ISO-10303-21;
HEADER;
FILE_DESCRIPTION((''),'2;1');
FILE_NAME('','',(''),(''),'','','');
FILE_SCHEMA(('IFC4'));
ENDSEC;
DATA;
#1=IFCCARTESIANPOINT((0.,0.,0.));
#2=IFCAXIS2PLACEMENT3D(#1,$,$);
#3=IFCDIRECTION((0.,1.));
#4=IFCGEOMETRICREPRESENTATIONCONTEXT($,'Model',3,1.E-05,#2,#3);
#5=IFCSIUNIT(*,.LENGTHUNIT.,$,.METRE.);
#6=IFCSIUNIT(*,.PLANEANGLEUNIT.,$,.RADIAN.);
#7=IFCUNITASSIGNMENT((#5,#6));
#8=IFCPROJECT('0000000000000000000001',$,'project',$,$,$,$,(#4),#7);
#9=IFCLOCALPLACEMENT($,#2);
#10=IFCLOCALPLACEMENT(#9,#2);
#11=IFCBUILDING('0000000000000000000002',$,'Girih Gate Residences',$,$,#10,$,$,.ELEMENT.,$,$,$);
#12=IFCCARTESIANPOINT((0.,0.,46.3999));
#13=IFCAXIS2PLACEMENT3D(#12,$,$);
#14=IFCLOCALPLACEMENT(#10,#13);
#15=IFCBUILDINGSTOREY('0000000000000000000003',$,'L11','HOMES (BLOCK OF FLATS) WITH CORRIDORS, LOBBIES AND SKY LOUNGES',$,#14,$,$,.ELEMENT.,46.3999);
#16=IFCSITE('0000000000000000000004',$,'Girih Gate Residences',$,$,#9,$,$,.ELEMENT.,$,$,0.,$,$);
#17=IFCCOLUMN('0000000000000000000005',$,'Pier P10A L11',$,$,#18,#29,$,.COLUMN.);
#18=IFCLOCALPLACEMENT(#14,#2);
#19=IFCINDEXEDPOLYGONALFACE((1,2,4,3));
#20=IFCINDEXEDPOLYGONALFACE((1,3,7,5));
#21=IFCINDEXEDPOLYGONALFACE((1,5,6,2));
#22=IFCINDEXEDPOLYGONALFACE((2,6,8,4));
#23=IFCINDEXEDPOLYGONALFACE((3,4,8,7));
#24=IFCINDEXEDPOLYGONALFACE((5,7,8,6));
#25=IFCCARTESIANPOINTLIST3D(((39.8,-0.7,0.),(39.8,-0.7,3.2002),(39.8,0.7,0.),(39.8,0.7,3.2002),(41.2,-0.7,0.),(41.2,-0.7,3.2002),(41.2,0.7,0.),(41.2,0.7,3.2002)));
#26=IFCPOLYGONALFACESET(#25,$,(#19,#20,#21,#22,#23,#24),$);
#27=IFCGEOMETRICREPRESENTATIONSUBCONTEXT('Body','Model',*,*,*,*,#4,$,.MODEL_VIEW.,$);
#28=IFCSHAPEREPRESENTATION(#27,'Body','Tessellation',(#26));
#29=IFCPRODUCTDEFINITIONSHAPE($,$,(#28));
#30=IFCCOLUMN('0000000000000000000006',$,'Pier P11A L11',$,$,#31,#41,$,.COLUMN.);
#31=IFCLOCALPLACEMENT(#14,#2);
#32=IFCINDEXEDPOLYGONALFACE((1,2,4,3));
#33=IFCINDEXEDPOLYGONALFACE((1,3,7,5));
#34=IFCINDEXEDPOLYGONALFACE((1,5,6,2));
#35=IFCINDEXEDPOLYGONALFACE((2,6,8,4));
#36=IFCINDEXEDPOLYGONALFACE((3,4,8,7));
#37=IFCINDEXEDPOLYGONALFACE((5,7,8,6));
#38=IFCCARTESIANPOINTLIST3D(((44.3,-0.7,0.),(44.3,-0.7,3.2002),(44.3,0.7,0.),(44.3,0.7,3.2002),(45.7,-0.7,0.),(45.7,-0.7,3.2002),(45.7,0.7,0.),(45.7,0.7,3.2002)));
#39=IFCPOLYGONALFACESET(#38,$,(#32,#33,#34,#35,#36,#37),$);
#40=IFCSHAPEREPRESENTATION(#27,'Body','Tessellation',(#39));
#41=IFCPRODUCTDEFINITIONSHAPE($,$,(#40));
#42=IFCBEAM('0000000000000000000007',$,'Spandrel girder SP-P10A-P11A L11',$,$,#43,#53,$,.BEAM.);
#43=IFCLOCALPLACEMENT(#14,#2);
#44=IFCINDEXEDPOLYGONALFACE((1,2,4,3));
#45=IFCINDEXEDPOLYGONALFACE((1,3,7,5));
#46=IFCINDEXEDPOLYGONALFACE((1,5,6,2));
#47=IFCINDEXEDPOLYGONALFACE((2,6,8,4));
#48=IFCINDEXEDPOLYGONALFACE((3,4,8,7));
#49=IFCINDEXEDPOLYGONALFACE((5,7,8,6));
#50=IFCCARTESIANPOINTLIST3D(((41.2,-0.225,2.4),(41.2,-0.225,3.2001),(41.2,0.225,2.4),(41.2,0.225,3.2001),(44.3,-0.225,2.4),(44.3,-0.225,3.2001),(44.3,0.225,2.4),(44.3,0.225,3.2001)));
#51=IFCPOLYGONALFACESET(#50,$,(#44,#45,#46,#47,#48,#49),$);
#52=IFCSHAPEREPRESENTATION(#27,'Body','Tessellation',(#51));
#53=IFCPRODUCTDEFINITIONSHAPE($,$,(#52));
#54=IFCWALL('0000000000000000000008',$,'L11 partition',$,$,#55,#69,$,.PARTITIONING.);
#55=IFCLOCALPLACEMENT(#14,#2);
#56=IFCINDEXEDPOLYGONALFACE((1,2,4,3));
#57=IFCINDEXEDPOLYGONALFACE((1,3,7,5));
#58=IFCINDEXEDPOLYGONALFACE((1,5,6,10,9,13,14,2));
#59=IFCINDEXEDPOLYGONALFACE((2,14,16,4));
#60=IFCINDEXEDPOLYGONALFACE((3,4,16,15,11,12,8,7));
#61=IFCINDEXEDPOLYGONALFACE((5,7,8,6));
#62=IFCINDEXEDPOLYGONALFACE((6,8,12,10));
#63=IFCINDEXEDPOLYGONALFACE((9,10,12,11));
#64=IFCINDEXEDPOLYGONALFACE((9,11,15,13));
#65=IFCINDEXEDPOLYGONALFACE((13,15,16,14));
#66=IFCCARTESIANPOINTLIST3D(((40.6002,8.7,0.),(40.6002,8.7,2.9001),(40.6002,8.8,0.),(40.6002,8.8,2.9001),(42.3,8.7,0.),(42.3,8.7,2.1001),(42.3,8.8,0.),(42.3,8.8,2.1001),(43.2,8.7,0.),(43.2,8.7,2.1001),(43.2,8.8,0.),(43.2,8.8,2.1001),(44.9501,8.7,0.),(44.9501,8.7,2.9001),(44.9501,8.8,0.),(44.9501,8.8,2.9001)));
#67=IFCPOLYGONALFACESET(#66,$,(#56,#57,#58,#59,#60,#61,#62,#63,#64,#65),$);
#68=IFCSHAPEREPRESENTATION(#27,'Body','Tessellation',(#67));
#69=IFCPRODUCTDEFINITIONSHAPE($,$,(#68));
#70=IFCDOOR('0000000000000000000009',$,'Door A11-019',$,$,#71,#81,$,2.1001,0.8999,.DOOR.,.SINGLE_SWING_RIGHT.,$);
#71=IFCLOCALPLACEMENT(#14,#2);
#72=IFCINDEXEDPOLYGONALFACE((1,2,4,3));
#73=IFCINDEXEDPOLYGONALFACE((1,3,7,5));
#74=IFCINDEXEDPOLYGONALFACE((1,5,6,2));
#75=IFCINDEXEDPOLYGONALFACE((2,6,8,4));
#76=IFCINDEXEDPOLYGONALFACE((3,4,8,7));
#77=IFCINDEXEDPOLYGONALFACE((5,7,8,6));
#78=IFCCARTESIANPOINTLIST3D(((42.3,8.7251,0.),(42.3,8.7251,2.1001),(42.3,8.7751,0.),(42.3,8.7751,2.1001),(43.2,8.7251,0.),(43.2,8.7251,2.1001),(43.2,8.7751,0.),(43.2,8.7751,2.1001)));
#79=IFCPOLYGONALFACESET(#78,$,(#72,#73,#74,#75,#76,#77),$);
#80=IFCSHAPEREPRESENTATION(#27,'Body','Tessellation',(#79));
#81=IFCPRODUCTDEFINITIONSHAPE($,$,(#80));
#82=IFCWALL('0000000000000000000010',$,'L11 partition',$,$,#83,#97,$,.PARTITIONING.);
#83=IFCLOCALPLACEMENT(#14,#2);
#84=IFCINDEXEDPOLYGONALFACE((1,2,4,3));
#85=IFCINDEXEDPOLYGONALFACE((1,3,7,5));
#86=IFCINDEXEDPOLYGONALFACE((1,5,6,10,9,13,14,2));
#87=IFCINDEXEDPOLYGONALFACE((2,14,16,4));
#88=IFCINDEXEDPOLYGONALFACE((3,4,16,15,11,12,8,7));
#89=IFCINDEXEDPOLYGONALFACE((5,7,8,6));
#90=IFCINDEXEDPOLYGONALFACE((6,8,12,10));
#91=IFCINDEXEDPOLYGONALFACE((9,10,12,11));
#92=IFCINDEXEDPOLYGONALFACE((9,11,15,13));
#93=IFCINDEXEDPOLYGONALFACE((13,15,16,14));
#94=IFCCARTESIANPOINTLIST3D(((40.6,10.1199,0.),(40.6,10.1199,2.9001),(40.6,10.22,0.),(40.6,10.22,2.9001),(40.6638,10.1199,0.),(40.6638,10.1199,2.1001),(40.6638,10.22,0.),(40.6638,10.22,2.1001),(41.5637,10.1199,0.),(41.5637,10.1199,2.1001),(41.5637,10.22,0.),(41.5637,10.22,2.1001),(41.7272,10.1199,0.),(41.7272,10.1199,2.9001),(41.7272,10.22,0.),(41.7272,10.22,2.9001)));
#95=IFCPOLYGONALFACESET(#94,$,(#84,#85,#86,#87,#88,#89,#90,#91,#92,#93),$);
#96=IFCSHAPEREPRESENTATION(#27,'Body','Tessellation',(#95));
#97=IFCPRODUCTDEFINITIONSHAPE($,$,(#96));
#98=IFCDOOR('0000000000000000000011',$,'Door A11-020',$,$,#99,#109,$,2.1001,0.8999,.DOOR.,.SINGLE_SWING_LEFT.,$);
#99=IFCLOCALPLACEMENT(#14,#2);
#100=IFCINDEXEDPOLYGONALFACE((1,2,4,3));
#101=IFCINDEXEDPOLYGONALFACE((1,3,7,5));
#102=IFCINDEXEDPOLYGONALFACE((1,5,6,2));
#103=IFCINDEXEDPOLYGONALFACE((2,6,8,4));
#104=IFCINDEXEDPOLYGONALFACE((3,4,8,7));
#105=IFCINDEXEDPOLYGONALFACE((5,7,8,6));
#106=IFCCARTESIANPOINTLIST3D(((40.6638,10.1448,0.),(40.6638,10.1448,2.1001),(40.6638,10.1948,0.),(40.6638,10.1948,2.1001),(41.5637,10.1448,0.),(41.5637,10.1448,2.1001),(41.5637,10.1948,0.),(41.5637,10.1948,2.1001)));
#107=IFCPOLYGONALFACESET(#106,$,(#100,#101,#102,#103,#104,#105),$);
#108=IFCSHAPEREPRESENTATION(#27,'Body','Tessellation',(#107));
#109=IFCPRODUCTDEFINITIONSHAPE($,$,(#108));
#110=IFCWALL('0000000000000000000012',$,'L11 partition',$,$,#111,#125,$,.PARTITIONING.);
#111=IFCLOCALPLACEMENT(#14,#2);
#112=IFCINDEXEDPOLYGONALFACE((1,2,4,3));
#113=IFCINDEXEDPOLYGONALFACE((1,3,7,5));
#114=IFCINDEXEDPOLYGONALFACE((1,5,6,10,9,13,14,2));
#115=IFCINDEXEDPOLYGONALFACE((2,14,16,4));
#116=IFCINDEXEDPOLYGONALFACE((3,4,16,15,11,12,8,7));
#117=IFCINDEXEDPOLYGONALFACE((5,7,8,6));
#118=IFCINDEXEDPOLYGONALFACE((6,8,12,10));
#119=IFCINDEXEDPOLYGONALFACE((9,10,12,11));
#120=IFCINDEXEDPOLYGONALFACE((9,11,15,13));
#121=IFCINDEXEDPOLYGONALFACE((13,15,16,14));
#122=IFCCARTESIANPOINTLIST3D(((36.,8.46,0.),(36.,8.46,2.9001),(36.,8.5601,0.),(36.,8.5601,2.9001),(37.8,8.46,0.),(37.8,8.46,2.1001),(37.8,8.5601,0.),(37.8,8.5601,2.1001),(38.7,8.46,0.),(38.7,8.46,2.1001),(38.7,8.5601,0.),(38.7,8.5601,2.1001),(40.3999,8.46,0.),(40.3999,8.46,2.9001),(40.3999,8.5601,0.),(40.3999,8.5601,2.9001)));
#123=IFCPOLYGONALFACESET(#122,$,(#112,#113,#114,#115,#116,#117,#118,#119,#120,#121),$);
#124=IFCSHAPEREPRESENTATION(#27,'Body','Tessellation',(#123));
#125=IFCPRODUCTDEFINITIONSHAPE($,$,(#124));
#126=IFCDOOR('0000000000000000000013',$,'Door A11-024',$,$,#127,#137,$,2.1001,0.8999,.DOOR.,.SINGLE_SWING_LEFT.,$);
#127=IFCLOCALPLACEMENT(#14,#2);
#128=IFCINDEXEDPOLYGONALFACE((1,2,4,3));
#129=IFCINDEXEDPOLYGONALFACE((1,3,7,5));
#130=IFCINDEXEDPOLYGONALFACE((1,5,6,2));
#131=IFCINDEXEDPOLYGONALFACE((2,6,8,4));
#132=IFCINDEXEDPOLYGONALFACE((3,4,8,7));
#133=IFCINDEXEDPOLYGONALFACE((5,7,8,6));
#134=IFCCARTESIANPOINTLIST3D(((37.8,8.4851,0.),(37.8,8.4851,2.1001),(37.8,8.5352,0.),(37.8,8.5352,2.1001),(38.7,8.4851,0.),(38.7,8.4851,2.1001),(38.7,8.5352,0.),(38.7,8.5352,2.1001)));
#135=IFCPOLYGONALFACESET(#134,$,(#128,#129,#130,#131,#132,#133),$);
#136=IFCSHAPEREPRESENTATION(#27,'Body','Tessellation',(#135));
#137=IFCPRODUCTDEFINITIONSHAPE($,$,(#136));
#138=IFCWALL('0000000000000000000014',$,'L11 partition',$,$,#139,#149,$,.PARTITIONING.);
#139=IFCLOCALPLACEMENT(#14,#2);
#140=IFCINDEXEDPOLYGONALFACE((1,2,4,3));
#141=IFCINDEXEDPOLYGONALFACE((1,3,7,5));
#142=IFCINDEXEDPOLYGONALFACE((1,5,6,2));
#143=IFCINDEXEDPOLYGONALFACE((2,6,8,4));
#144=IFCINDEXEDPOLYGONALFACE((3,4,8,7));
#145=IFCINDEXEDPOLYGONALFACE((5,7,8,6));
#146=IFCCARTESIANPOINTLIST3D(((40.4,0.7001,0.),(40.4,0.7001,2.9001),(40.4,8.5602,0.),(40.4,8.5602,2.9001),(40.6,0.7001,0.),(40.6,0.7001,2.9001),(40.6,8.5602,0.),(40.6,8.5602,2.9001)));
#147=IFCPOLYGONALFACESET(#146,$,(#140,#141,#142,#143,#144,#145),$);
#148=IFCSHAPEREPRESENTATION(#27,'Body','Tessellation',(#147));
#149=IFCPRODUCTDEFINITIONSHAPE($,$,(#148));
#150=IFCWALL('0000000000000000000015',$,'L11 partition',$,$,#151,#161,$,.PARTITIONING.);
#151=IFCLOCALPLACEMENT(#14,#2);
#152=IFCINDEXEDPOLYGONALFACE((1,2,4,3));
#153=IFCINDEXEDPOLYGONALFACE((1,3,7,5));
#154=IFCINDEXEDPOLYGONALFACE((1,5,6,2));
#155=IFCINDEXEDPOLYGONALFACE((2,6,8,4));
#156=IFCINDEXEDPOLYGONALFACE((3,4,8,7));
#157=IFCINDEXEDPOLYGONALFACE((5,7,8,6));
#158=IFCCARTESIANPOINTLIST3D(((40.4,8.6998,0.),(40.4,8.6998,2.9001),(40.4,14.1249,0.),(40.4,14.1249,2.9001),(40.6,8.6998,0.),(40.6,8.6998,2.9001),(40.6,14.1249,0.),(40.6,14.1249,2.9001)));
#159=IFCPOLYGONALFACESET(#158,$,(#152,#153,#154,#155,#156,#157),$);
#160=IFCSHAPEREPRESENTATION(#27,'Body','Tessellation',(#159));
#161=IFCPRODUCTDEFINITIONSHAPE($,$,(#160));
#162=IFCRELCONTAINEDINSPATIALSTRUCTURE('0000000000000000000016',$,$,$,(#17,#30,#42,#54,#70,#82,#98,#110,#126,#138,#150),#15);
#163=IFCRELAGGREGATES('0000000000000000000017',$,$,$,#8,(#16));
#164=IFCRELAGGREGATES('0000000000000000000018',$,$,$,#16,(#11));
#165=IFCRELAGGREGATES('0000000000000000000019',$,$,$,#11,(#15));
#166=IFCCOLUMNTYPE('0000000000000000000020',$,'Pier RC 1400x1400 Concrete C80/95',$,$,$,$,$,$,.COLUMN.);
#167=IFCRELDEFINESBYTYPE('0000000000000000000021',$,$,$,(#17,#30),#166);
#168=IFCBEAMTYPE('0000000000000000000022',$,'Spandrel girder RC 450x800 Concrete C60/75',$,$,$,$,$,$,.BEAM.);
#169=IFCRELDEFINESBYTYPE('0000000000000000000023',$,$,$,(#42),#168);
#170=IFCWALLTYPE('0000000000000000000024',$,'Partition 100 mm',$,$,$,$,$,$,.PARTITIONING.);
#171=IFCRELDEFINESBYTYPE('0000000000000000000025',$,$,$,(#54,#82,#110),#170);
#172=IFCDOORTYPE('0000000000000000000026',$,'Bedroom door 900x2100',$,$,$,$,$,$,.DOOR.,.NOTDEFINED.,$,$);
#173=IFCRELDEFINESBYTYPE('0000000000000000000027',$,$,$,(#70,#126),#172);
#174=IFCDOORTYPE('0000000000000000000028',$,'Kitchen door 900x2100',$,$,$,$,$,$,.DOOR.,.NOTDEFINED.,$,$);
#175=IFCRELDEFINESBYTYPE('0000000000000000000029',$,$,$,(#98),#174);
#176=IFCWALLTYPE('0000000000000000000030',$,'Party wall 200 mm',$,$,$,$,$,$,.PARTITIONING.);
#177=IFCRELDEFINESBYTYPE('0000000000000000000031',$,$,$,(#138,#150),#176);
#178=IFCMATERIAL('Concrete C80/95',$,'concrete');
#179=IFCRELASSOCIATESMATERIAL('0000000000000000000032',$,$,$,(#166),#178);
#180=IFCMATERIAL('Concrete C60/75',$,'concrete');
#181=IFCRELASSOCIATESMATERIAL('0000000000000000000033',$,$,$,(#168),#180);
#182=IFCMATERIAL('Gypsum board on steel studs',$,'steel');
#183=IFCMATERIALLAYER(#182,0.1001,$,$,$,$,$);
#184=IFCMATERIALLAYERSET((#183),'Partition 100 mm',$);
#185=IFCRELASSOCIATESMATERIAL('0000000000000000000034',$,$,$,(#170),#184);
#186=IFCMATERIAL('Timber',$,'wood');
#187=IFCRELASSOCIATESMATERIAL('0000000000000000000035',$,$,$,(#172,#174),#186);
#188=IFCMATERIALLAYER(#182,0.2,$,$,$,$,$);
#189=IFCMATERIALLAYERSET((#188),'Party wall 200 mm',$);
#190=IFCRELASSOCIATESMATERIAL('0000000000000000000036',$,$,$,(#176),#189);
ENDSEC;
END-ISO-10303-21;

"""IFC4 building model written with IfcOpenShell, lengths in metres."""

from ifc_helpers import new_model, si_unit, direction, frame, frame_2d, origin, origin_2d, place, context, subcontext, project, spatial, rectangle, extrude, material, layer, layer_set, material_profile, profile_set, type_object, element, fill, save


model = new_model("IFC4")

# Units and contexts
model_context = context("Model", 3, precision=1e-05, world=origin(), true_north=direction((0.0, 1.0)))
body_context = subcontext(model_context, "Body", "Model", "MODEL_VIEW")
ifc_project = project(units=[si_unit("LENGTHUNIT", "METRE"), si_unit("PLANEANGLEUNIT", "RADIAN")], contexts=[model_context])

# Site, building, storey
site_placement = place(None, origin())
site = spatial("IfcSite", under=ifc_project, at=site_placement, Name="Girih Gate Residences", CompositionType="ELEMENT", RefElevation=0.0)
building_placement = place(site_placement, origin())
building = spatial("IfcBuilding", under=site, at=building_placement, Name="Girih Gate Residences", CompositionType="ELEMENT")
storey_placement = place(building_placement, frame((0.0, 0.0, 46.3999)))
storey = spatial("IfcBuildingStorey", under=building, at=storey_placement, Name="L11", Description="HOMES (BLOCK OF FLATS) WITH CORRIDORS, LOBBIES AND SKY LOUNGES", CompositionType="ELEMENT", Elevation=46.3999)

# Columns
ifc_material_1 = material(Name="Concrete C80/95", Category="concrete")
ifc_material_profile_1 = material_profile(ifc_material_1, rectangle(XDim=1.3999, YDim=1.3999, at=origin_2d()))
ifc_profile_set_1 = profile_set([ifc_material_profile_1], Name="Concrete C80/95")
column_type = type_object("IfcColumnType", Name="Pier RC 1400x1400 Concrete C80/95", PredefinedType="COLUMN", material=ifc_profile_set_1)
for number, where, z_axis, x_axis, name in (
    (1, (40.5, 0.0, 0.0), (0.0, 0.0, 1.0), (1.0, 0.0, 0.0), "Pier P10A L11"),
    (2, (45.0, 0.0, 0.0), (0.0, 0.0, 1.0), (1.0, 0.0, 0.0), "Pier P11A L11"),
):
    element("IfcColumn", number, at=place(storey_placement, frame(where, z_axis=z_axis, x_axis=x_axis)), inside=storey, type_object=column_type, Name=name, PredefinedType="COLUMN", context=body_context, shape_type="SweptSolid", body=[
        extrude(rectangle(XDim=1.3999, YDim=1.3999, at=origin_2d()), origin(), (0.0, 0.0, 1.0), 3.2002),
    ])

# Beam
ifc_material_2 = material(Name="Concrete C60/75", Category="concrete")
ifc_material_profile_2 = material_profile(ifc_material_2, rectangle(XDim=0.45, YDim=0.8, at=origin_2d()))
ifc_profile_set_2 = profile_set([ifc_material_profile_2], Name="Concrete C60/75")
beam_type = type_object("IfcBeamType", Name="Spandrel girder RC 450x800 Concrete C60/75", PredefinedType="BEAM", material=ifc_profile_set_2)
beam_placement = place(storey_placement, frame((41.2, 0.0, 2.8), z_axis=(1.0, 0.0, 0.0), x_axis=(0.0, 1.0, 0.0)))
element("IfcBeam", 3, at=beam_placement, inside=storey, type_object=beam_type, Name="Spandrel girder SP-P10A-P11A L11", PredefinedType="BEAM", context=body_context, shape_type="SweptSolid", body=[
    extrude(rectangle(XDim=0.45, YDim=0.8, at=origin_2d()), origin(), (0.0, 0.0, 1.0), 3.1001),
])

# Walls, openings, doors
ifc_material_3 = material(Name="Gypsum board on steel studs", Category="steel")
ifc_layer_1 = layer(ifc_material_3, 0.1001)
ifc_layer_set_1 = layer_set([ifc_layer_1], Name="Partition 100 mm")
wall_type_1 = type_object("IfcWallType", Name="Partition 100 mm", PredefinedType="PARTITIONING", material=ifc_layer_set_1)
wall_1_placement = place(storey_placement, frame((44.95, 8.75, 0.0), z_axis=(0.0, 0.0, 1.0), x_axis=(-1.0, 0.0, 0.0)))
wall_1 = element("IfcWall", 4, at=wall_1_placement, inside=storey, type_object=wall_type_1, Name="L11 partition", PredefinedType="PARTITIONING", context=body_context, shape_type="SweptSolid", body=[
    extrude(rectangle(XDim=4.3499, YDim=0.1001, at=frame_2d((2.1748, 0.0))), origin(), (0.0, 0.0, 1.0), 2.9001),
])
opening_1_placement = place(wall_1_placement, frame((1.75, 0.0, 0.0)))
opening_1 = element("IfcOpeningElement", 5, at=opening_1_placement, cuts=wall_1, PredefinedType="OPENING", context=body_context, shape_type="SweptSolid", body=[
    extrude(rectangle(XDim=0.8999, YDim=2.1001, at=frame_2d((0.45, 1.05))), frame((0.0, 0.0601, 0.0), z_axis=(0.0, -1.0, 0.0), x_axis=(1.0, 0.0, 0.0)), (0.0, 0.0, 1.0), 0.1201),
])
ifc_material_4 = material(Name="Timber", Category="wood")
door_type_1 = type_object("IfcDoorType", Name="Bedroom door 900x2100", OperationType="NOTDEFINED", PredefinedType="DOOR", material=ifc_material_4)
door_1_placement = place(opening_1_placement, origin())
door_1 = element("IfcDoor", 6, at=door_1_placement, inside=storey, type_object=door_type_1, Name="Door A11-019", OperationType="SINGLE_SWING_RIGHT", OverallHeight=2.1001, OverallWidth=0.8999, PredefinedType="DOOR", context=body_context, shape_type="SweptSolid", body=[
    extrude(rectangle(XDim=0.8999, YDim=2.1001, at=frame_2d((0.45, 1.05))), frame((0.0, 0.0249, 0.0), z_axis=(0.0, -1.0, 0.0), x_axis=(1.0, 0.0, 0.0)), (0.0, 0.0, 1.0), 0.05),
])
fill(opening_1, door_1)
wall_2_placement = place(storey_placement, frame((40.6001, 10.1699, 0.0), z_axis=(0.0, 0.0, 1.0), x_axis=(1.0, 0.0, 0.0)))
wall_2 = element("IfcWall", 7, at=wall_2_placement, inside=storey, type_object=wall_type_1, Name="L11 partition", PredefinedType="PARTITIONING", context=body_context, shape_type="SweptSolid", body=[
    extrude(rectangle(XDim=1.1272, YDim=0.1001, at=frame_2d((0.5635, 0.0))), origin(), (0.0, 0.0, 1.0), 2.9001),
])
opening_2_placement = place(wall_2_placement, frame((0.0637, 0.0, 0.0)))
opening_2 = element("IfcOpeningElement", 8, at=opening_2_placement, cuts=wall_2, PredefinedType="OPENING", context=body_context, shape_type="SweptSolid", body=[
    extrude(rectangle(XDim=0.8999, YDim=2.1001, at=frame_2d((0.45, 1.05))), frame((0.0, 0.0601, 0.0), z_axis=(0.0, -1.0, 0.0), x_axis=(1.0, 0.0, 0.0)), (0.0, 0.0, 1.0), 0.1201),
])
door_type_2 = type_object("IfcDoorType", Name="Kitchen door 900x2100", OperationType="NOTDEFINED", PredefinedType="DOOR", material=ifc_material_4)
door_2_placement = place(opening_2_placement, origin())
door_2 = element("IfcDoor", 9, at=door_2_placement, inside=storey, type_object=door_type_2, Name="Door A11-020", OperationType="SINGLE_SWING_LEFT", OverallHeight=2.1001, OverallWidth=0.8999, PredefinedType="DOOR", context=body_context, shape_type="SweptSolid", body=[
    extrude(rectangle(XDim=0.8999, YDim=2.1001, at=frame_2d((0.45, 1.05))), frame((0.0, 0.0249, 0.0), z_axis=(0.0, -1.0, 0.0), x_axis=(1.0, 0.0, 0.0)), (0.0, 0.0, 1.0), 0.05),
])
fill(opening_2, door_2)
wall_3_placement = place(storey_placement, frame((40.3999, 8.51, 0.0), z_axis=(0.0, 0.0, 1.0), x_axis=(-1.0, 0.0, 0.0)))
wall_3 = element("IfcWall", 10, at=wall_3_placement, inside=storey, type_object=wall_type_1, Name="L11 partition", PredefinedType="PARTITIONING", context=body_context, shape_type="SweptSolid", body=[
    extrude(rectangle(XDim=4.3999, YDim=0.1001, at=frame_2d((2.2, 0.0))), origin(), (0.0, 0.0, 1.0), 2.9001),
])
opening_3_placement = place(wall_3_placement, frame((1.7, 0.0, 0.0)))
opening_3 = element("IfcOpeningElement", 11, at=opening_3_placement, cuts=wall_3, PredefinedType="OPENING", context=body_context, shape_type="SweptSolid", body=[
    extrude(rectangle(XDim=0.8999, YDim=2.1001, at=frame_2d((0.45, 1.05))), frame((0.0, 0.0601, 0.0), z_axis=(0.0, -1.0, 0.0), x_axis=(1.0, 0.0, 0.0)), (0.0, 0.0, 1.0), 0.1201),
])
door_3_placement = place(opening_3_placement, origin())
door_3 = element("IfcDoor", 12, at=door_3_placement, inside=storey, type_object=door_type_1, Name="Door A11-024", OperationType="SINGLE_SWING_LEFT", OverallHeight=2.1001, OverallWidth=0.8999, PredefinedType="DOOR", context=body_context, shape_type="SweptSolid", body=[
    extrude(rectangle(XDim=0.8999, YDim=2.1001, at=frame_2d((0.45, 1.05))), frame((0.0, 0.0249, 0.0), z_axis=(0.0, -1.0, 0.0), x_axis=(1.0, 0.0, 0.0)), (0.0, 0.0, 1.0), 0.05),
])
fill(opening_3, door_3)

# Walls
ifc_layer_2 = layer(ifc_material_3, 0.2)
ifc_layer_set_2 = layer_set([ifc_layer_2], Name="Party wall 200 mm")
wall_type_2 = type_object("IfcWallType", Name="Party wall 200 mm", PredefinedType="PARTITIONING", material=ifc_layer_set_2)
wall_4_placement = place(storey_placement, frame((40.5, 0.7, 0.0), z_axis=(0.0, 0.0, 1.0), x_axis=(0.0, 1.0, 0.0)))
element("IfcWall", 13, at=wall_4_placement, inside=storey, type_object=wall_type_2, Name="L11 partition", PredefinedType="PARTITIONING", context=body_context, shape_type="SweptSolid", body=[
    extrude(rectangle(XDim=7.8601, YDim=0.2, at=frame_2d((3.9302, 0.0))), origin(), (0.0, 0.0, 1.0), 2.9001),
])
wall_5_placement = place(storey_placement, frame((40.5, 8.7, 0.0), z_axis=(0.0, 0.0, 1.0), x_axis=(0.0, 1.0, 0.0)))
element("IfcWall", 14, at=wall_5_placement, inside=storey, type_object=wall_type_2, Name="L11 partition", PredefinedType="PARTITIONING", context=body_context, shape_type="SweptSolid", body=[
    extrude(rectangle(XDim=5.425, YDim=0.2, at=frame_2d((2.7124, 0.0))), origin(), (0.0, 0.0, 1.0), 2.9001),
])

save(model, "model.ifc")
